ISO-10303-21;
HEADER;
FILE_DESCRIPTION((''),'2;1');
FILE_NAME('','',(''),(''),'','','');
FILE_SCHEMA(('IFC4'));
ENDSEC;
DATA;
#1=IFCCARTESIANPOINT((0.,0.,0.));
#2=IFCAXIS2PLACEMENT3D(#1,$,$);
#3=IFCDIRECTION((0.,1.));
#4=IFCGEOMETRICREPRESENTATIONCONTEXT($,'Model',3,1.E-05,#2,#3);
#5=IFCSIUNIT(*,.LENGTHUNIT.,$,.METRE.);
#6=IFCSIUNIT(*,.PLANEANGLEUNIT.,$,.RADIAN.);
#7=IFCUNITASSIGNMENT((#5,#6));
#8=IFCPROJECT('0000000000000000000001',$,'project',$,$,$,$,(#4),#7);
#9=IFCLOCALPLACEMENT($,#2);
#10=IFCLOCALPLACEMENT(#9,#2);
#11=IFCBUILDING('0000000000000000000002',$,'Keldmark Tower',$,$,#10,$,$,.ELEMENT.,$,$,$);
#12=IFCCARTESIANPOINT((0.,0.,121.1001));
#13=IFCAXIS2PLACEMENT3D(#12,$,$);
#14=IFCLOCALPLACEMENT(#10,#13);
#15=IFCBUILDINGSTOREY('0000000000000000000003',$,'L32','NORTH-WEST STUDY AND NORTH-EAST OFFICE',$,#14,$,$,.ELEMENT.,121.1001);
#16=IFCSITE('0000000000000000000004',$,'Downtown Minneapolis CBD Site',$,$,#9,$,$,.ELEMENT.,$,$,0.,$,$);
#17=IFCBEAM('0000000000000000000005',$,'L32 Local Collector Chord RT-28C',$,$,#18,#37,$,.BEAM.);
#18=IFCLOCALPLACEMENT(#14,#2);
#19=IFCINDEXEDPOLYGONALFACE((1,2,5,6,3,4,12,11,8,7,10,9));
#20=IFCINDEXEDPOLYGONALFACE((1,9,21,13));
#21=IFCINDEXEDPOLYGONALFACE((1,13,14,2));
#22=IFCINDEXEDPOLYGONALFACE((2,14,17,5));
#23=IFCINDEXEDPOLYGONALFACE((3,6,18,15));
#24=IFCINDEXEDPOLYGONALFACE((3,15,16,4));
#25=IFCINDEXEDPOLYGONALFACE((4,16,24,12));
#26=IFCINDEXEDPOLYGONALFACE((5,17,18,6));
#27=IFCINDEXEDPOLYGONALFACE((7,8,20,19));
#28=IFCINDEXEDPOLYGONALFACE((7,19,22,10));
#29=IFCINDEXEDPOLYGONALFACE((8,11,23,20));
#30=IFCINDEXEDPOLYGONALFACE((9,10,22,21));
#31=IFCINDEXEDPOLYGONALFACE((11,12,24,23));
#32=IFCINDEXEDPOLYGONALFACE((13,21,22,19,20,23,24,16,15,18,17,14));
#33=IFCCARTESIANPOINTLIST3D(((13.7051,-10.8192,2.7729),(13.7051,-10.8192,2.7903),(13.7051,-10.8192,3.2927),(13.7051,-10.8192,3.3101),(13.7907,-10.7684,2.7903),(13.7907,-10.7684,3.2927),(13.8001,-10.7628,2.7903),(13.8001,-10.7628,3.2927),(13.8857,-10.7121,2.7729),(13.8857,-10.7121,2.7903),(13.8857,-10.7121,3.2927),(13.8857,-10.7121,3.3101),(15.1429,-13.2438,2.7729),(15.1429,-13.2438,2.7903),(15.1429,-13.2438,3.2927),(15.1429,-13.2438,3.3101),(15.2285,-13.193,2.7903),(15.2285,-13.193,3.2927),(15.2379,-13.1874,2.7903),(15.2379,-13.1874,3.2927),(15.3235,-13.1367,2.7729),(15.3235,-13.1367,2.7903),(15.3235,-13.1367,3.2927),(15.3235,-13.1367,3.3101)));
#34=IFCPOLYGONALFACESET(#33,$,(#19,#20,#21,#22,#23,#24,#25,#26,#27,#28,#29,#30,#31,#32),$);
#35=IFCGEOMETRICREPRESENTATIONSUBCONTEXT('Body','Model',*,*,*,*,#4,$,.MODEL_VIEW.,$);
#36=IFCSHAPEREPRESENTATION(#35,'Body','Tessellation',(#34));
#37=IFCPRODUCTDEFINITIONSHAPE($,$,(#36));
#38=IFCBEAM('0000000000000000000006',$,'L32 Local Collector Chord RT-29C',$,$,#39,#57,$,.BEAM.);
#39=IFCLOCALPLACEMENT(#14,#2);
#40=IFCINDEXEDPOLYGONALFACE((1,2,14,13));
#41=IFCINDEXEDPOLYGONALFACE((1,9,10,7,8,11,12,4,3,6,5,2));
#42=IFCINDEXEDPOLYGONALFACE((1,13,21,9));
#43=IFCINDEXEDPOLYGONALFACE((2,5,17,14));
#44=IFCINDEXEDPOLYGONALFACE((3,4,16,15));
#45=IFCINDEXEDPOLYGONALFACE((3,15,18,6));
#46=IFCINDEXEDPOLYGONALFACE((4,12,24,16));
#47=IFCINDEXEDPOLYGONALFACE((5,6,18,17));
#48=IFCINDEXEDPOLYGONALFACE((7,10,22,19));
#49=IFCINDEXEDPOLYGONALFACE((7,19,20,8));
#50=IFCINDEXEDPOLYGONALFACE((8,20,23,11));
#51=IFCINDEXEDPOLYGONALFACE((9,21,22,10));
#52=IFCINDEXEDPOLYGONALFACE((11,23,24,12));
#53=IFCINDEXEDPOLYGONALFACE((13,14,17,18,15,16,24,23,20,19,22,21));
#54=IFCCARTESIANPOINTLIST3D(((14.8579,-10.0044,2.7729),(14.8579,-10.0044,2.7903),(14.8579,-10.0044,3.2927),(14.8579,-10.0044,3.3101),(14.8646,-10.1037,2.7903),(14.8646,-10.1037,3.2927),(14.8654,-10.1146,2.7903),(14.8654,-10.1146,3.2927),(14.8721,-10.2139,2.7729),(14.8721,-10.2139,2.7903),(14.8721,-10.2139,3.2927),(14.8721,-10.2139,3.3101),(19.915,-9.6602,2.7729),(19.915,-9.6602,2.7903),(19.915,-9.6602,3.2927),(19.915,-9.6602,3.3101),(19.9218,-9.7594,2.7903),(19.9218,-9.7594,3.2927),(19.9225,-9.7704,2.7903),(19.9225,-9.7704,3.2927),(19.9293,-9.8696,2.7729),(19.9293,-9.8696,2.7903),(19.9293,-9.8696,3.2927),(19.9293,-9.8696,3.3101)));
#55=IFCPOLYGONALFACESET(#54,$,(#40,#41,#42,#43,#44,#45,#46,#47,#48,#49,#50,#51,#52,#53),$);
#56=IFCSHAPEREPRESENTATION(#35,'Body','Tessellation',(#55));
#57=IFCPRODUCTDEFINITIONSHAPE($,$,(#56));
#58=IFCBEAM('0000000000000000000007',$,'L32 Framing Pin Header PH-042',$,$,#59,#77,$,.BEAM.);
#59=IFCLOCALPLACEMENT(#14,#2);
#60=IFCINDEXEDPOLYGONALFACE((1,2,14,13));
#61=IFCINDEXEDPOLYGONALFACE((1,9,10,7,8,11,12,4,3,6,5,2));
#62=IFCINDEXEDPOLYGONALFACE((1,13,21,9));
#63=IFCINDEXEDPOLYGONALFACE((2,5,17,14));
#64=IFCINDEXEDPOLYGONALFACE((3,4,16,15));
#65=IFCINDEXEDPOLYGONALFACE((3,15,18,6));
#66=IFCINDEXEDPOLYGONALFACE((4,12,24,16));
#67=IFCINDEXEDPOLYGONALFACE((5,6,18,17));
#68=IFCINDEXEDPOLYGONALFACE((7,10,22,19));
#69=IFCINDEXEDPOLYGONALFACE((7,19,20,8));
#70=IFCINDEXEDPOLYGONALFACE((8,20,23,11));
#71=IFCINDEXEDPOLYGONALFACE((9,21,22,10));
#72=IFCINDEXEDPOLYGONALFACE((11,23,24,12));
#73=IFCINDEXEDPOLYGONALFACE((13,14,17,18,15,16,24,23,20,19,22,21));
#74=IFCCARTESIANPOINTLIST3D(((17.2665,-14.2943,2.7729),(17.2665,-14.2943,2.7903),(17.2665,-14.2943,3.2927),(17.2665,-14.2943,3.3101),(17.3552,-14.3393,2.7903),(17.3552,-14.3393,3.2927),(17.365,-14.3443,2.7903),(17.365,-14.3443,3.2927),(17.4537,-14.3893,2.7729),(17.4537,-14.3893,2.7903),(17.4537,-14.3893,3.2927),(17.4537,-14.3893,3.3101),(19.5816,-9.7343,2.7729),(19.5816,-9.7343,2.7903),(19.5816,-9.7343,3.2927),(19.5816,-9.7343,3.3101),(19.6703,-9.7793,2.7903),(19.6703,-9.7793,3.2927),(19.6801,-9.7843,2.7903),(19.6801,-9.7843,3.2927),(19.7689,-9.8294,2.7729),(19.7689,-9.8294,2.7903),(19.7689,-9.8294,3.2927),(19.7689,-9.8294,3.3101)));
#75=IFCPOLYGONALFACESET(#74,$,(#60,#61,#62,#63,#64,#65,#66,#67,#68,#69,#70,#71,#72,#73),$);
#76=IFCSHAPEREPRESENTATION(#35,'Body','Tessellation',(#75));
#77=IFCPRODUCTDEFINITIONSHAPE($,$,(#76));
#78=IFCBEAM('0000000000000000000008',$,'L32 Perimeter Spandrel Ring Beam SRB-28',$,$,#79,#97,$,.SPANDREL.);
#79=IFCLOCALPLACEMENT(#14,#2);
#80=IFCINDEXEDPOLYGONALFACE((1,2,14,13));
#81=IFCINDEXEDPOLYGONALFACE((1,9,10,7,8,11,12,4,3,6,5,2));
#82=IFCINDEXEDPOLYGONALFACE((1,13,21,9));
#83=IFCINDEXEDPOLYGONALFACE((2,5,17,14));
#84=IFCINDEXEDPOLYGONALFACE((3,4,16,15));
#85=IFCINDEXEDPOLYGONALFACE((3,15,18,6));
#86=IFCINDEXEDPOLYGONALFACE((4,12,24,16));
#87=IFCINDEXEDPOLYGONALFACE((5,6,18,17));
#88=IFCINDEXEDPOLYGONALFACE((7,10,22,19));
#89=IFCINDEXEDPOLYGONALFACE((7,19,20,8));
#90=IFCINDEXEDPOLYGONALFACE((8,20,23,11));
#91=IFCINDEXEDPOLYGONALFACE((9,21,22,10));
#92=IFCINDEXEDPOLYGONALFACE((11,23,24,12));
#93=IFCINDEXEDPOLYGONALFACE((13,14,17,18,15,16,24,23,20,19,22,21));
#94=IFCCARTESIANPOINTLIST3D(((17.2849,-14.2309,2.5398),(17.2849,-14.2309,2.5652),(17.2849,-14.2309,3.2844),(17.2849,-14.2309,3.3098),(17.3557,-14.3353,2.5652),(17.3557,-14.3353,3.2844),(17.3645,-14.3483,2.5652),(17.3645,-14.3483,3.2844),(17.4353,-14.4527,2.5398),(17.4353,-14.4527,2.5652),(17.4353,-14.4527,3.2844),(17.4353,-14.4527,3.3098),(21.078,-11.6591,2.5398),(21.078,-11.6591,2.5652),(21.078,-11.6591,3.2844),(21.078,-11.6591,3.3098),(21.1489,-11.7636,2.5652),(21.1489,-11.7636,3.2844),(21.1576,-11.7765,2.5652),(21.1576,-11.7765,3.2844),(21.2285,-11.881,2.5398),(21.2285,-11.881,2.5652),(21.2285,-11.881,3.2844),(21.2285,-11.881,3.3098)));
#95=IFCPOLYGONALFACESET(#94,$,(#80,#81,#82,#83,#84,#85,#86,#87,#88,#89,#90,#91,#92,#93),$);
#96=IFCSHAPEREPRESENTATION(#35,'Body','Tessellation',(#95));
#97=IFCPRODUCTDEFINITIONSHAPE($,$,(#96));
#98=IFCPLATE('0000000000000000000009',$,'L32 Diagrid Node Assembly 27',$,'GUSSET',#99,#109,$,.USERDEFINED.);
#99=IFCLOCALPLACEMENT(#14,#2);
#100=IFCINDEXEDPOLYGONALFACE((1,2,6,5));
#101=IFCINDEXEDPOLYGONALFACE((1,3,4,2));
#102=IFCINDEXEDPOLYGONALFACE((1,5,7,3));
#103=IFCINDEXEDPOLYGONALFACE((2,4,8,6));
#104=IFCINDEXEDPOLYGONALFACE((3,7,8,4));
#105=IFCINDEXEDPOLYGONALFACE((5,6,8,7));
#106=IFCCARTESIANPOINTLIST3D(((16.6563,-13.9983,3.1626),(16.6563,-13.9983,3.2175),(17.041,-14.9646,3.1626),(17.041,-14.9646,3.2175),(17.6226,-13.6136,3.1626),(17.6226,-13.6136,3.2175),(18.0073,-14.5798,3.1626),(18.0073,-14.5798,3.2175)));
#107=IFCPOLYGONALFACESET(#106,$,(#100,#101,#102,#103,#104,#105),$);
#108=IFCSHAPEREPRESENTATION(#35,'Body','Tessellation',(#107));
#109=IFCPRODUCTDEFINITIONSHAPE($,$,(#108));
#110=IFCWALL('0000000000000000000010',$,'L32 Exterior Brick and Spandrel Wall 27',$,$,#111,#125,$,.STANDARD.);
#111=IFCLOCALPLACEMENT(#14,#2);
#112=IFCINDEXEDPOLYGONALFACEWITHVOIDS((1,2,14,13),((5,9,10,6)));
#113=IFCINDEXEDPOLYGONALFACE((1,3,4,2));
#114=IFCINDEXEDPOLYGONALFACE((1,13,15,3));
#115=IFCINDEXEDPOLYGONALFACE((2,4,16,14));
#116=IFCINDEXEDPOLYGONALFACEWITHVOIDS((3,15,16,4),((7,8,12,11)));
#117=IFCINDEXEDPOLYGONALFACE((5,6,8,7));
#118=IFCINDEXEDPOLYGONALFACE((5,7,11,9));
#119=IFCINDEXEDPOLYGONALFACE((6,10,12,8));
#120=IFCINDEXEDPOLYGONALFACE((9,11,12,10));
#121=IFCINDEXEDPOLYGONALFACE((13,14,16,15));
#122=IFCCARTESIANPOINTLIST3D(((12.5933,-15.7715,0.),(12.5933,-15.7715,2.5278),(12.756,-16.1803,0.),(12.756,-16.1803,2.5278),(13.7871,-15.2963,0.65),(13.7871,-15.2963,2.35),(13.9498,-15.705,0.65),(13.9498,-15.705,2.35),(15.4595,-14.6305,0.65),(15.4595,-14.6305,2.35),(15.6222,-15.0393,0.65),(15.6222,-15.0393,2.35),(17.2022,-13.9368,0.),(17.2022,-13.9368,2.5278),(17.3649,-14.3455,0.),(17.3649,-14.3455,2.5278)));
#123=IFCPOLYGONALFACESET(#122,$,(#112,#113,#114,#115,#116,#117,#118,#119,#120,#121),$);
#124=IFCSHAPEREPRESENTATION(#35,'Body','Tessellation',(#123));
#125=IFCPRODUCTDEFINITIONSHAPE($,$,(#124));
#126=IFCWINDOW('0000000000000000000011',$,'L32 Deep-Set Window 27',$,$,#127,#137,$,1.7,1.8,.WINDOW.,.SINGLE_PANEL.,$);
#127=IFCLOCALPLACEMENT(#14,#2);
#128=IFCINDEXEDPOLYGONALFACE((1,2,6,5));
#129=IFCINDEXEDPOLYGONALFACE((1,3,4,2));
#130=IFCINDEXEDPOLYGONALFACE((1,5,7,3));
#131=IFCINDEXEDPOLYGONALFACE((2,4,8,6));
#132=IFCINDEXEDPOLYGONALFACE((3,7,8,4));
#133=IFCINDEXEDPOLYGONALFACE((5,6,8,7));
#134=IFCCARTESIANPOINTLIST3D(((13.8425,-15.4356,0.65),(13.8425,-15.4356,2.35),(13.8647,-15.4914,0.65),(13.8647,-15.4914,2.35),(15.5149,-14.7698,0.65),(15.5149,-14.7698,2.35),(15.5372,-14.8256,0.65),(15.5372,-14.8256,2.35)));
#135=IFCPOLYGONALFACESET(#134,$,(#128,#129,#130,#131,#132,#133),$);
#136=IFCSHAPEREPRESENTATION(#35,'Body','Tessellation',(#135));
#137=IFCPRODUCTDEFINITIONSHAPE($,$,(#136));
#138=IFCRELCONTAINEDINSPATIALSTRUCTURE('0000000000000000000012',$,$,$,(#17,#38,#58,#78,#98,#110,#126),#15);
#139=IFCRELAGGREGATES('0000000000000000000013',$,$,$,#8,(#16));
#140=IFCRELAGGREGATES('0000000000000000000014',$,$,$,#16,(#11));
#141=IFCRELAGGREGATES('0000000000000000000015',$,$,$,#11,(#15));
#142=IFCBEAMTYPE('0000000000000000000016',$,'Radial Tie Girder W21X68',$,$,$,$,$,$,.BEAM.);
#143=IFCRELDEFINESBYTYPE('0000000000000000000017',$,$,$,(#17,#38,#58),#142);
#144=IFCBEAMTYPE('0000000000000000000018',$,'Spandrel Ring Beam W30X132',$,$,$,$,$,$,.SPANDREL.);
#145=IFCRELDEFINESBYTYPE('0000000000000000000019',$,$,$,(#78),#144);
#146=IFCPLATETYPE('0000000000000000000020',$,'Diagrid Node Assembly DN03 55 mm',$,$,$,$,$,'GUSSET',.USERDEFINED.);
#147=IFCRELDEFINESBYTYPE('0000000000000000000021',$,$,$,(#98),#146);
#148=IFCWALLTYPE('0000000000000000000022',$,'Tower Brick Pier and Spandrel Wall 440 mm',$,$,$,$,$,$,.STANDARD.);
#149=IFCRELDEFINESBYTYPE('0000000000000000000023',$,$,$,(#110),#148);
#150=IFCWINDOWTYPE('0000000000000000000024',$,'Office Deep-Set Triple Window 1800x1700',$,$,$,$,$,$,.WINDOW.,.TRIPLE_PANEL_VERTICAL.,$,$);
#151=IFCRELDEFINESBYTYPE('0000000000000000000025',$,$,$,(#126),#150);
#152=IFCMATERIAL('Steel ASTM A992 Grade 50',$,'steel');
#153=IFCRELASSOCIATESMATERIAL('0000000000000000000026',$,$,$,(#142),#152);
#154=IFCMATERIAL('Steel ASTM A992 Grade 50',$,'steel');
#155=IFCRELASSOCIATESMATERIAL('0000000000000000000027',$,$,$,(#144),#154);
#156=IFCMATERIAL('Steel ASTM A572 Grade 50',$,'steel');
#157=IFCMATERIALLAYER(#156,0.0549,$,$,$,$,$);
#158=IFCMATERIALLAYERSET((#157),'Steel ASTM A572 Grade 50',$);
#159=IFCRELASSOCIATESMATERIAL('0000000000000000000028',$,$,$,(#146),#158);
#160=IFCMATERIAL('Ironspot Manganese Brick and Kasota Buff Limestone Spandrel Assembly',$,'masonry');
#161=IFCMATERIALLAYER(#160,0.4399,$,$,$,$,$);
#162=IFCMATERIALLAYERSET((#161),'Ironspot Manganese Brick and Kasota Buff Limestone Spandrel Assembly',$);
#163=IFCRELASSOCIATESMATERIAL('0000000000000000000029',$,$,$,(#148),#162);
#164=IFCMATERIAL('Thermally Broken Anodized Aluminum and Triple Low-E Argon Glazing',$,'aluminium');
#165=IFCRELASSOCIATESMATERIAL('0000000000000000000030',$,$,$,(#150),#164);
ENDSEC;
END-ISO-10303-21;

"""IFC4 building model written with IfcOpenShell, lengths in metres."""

from ifc_helpers import new_model, si_unit, direction, frame, frame_2d, origin, origin_2d, place, context, subcontext, project, spatial, rectangle, i_section, extrude, material, layer, layer_set, material_profile, profile_set, type_object, element, fill, save


model = new_model("IFC4")

# Units and contexts
model_context = context("Model", 3, precision=1e-05, world=origin(), true_north=direction((0.0, 1.0)))
body_context = subcontext(model_context, "Body", "Model", "MODEL_VIEW")
ifc_project = project(units=[si_unit("LENGTHUNIT", "METRE"), si_unit("PLANEANGLEUNIT", "RADIAN")], contexts=[model_context])

# Site, building, storey
site_placement = place(None, origin())
site = spatial("IfcSite", under=ifc_project, at=site_placement, Name="Downtown Minneapolis CBD Site", CompositionType="ELEMENT", RefElevation=0.0)
building_placement = place(site_placement, origin())
building = spatial("IfcBuilding", under=site, at=building_placement, Name="Keldmark Tower", CompositionType="ELEMENT")
storey_placement = place(building_placement, frame((0.0, 0.0, 121.1001)))
storey = spatial("IfcBuildingStorey", under=building, at=storey_placement, Name="L32", Description="NORTH-WEST STUDY AND NORTH-EAST OFFICE", CompositionType="ELEMENT", Elevation=121.1001)

# Beams
ifc_material_1 = material(Name="Steel ASTM A992 Grade 50", Category="steel")
ifc_material_profile_1 = material_profile(ifc_material_1, i_section(OverallWidth=0.21, OverallDepth=0.5371, WebThickness=0.011, FlangeThickness=0.0173, at=origin_2d()), Name="W21X68")
ifc_profile_set_1 = profile_set([ifc_material_profile_1], Name="Steel ASTM A992 Grade 50")
beam_type_1 = type_object("IfcBeamType", Name="Radial Tie Girder W21X68", PredefinedType="BEAM", material=ifc_profile_set_1)
beam_1_placement = place(storey_placement, frame((13.7954, -10.7656, 3.0415), z_axis=(0.510056, -0.860141, 0.0), x_axis=(0.860141, 0.510056, 0.0)))
element("IfcBeam", 1, at=beam_1_placement, inside=storey, type_object=beam_type_1, Name="L32 Local Collector Chord RT-28C", PredefinedType="BEAM", context=body_context, shape_type="SweptSolid", body=[
    extrude(i_section(OverallWidth=0.21, OverallDepth=0.5371, WebThickness=0.011, FlangeThickness=0.0173, at=origin_2d()), origin(), (0.0, 0.0, 1.0), 2.8188),
])
beam_2_placement = place(storey_placement, frame((14.865, -10.1091, 3.0415), z_axis=(0.997691, 0.067913, 0.0), x_axis=(-0.067913, 0.997691, 0.0)))
element("IfcBeam", 2, at=beam_2_placement, inside=storey, type_object=beam_type_1, Name="L32 Local Collector Chord RT-29C", PredefinedType="BEAM", context=body_context, shape_type="SweptSolid", body=[
    extrude(i_section(OverallWidth=0.21, OverallDepth=0.5371, WebThickness=0.011, FlangeThickness=0.0173, at=origin_2d()), origin(), (0.0, 0.0, 1.0), 5.0688),
])
beam_3_placement = place(storey_placement, frame((17.3601, -14.3418, 3.0415), z_axis=(0.452705, 0.891661, 0.0), x_axis=(-0.891661, 0.452705, 0.0)))
element("IfcBeam", 3, at=beam_3_placement, inside=storey, type_object=beam_type_1, Name="L32 Framing Pin Header PH-042", PredefinedType="BEAM", context=body_context, shape_type="SweptSolid", body=[
    extrude(i_section(OverallWidth=0.21, OverallDepth=0.5371, WebThickness=0.011, FlangeThickness=0.0173, at=origin_2d()), origin(), (0.0, 0.0, 1.0), 5.114),
])
ifc_material_2 = material(Name="Steel ASTM A992 Grade 50", Category="steel")
ifc_material_profile_2 = material_profile(ifc_material_2, i_section(OverallWidth=0.2681, OverallDepth=0.77, WebThickness=0.0156, FlangeThickness=0.0254, at=origin_2d()), Name="W30X132")
ifc_profile_set_2 = profile_set([ifc_material_profile_2], Name="Steel ASTM A992 Grade 50")
beam_type_2 = type_object("IfcBeamType", Name="Spandrel Ring Beam W30X132", PredefinedType="SPANDREL", material=ifc_profile_set_2)
beam_4_placement = place(storey_placement, frame((17.3601, -14.3418, 2.9248), z_axis=(0.827698, 0.561174, 0.0), x_axis=(-0.561174, 0.827698, 0.0)))
element("IfcBeam", 4, at=beam_4_placement, inside=storey, type_object=beam_type_2, Name="L32 Perimeter Spandrel Ring Beam SRB-28", PredefinedType="SPANDREL", context=body_context, shape_type="SweptSolid", body=[
    extrude(i_section(OverallWidth=0.2681, OverallDepth=0.77, WebThickness=0.0156, FlangeThickness=0.0254, at=origin_2d()), origin(), (0.0, 0.0, 1.0), 4.5828),
])

# Plate
ifc_material_3 = material(Name="Steel ASTM A572 Grade 50", Category="steel")
ifc_layer_1 = layer(ifc_material_3, 0.0549)
ifc_layer_set_1 = layer_set([ifc_layer_1], Name="Steel ASTM A572 Grade 50")
plate_type = type_object("IfcPlateType", Name="Diagrid Node Assembly DN03 55 mm", ElementType="GUSSET", PredefinedType="USERDEFINED", material=ifc_layer_set_1)
plate_placement = place(storey_placement, frame((17.3318, -14.2891, 3.1626), z_axis=(0.0, 0.0, 1.0), x_axis=(0.929068, 0.369909, 0.0)))
element("IfcPlate", 5, at=plate_placement, inside=storey, type_object=plate_type, Name="L32 Diagrid Node Assembly 27", ObjectType="GUSSET", PredefinedType="USERDEFINED", context=body_context, shape_type="SweptSolid", body=[
    extrude(rectangle(XDim=1.04, YDim=1.04, at=origin_2d()), origin(), (0.0, 0.0, 1.0), 0.0549),
])

# Wall, opening, window
ifc_material_4 = material(Name="Ironspot Manganese Brick and Kasota Buff Limestone Spandrel Assembly", Category="masonry")
ifc_layer_2 = layer(ifc_material_4, 0.4399)
ifc_layer_set_2 = layer_set([ifc_layer_2], Name="Ironspot Manganese Brick and Kasota Buff Limestone Spandrel Assembly")
wall_type = type_object("IfcWallType", Name="Tower Brick Pier and Spandrel Wall 440 mm", PredefinedType="STANDARD", material=ifc_layer_set_2)
wall_placement = place(storey_placement, frame((17.2837, -14.1411, 0.0), z_axis=(0.0, 0.0, 1.0), x_axis=(-0.92909, -0.369854, 0.0)))
wall = element("IfcWall", 6, at=wall_placement, inside=storey, type_object=wall_type, Name="L32 Exterior Brick and Spandrel Wall 27", PredefinedType="STANDARD", context=body_context, shape_type="SweptSolid", body=[
    extrude(rectangle(XDim=4.9607, YDim=0.4399, at=frame_2d((2.4805, 0.0))), origin(), (0.0, 0.0, 1.0), 2.5278),
])
opening_placement = place(wall_placement, frame((1.876, 0.0, 0.6499)))
opening = element("IfcOpeningElement", 7, at=opening_placement, cuts=wall, PredefinedType="OPENING", context=body_context, shape_type="SweptSolid", body=[
    extrude(rectangle(XDim=1.8, YDim=1.7, at=frame_2d((0.8999, 0.8501))), frame((0.0, 0.23, 0.0), z_axis=(0.0, -1.0, 0.0), x_axis=(1.0, 0.0, 0.0)), (0.0, 0.0, 1.0), 0.46),
])
ifc_material_5 = material(Name="Thermally Broken Anodized Aluminum and Triple Low-E Argon Glazing", Category="aluminium")
window_type = type_object("IfcWindowType", Name="Office Deep-Set Triple Window 1800x1700", PartitioningType="TRIPLE_PANEL_VERTICAL", PredefinedType="WINDOW", material=ifc_material_5)
window_placement = place(opening_placement, origin())
window = element("IfcWindow", 8, at=window_placement, inside=storey, type_object=window_type, Name="L32 Deep-Set Window 27", OverallHeight=1.7, OverallWidth=1.8, PartitioningType="SINGLE_PANEL", PredefinedType="WINDOW", context=body_context, shape_type="SweptSolid", body=[
    extrude(rectangle(XDim=1.8, YDim=1.7, at=frame_2d((0.8999, 0.8501))), frame((0.0, -0.01, 0.0), z_axis=(0.0, -1.0, 0.0), x_axis=(1.0, 0.0, 0.0)), (0.0, 0.0, 1.0), 0.0601),
])
fill(opening, window)

save(model, "model.ifc")
